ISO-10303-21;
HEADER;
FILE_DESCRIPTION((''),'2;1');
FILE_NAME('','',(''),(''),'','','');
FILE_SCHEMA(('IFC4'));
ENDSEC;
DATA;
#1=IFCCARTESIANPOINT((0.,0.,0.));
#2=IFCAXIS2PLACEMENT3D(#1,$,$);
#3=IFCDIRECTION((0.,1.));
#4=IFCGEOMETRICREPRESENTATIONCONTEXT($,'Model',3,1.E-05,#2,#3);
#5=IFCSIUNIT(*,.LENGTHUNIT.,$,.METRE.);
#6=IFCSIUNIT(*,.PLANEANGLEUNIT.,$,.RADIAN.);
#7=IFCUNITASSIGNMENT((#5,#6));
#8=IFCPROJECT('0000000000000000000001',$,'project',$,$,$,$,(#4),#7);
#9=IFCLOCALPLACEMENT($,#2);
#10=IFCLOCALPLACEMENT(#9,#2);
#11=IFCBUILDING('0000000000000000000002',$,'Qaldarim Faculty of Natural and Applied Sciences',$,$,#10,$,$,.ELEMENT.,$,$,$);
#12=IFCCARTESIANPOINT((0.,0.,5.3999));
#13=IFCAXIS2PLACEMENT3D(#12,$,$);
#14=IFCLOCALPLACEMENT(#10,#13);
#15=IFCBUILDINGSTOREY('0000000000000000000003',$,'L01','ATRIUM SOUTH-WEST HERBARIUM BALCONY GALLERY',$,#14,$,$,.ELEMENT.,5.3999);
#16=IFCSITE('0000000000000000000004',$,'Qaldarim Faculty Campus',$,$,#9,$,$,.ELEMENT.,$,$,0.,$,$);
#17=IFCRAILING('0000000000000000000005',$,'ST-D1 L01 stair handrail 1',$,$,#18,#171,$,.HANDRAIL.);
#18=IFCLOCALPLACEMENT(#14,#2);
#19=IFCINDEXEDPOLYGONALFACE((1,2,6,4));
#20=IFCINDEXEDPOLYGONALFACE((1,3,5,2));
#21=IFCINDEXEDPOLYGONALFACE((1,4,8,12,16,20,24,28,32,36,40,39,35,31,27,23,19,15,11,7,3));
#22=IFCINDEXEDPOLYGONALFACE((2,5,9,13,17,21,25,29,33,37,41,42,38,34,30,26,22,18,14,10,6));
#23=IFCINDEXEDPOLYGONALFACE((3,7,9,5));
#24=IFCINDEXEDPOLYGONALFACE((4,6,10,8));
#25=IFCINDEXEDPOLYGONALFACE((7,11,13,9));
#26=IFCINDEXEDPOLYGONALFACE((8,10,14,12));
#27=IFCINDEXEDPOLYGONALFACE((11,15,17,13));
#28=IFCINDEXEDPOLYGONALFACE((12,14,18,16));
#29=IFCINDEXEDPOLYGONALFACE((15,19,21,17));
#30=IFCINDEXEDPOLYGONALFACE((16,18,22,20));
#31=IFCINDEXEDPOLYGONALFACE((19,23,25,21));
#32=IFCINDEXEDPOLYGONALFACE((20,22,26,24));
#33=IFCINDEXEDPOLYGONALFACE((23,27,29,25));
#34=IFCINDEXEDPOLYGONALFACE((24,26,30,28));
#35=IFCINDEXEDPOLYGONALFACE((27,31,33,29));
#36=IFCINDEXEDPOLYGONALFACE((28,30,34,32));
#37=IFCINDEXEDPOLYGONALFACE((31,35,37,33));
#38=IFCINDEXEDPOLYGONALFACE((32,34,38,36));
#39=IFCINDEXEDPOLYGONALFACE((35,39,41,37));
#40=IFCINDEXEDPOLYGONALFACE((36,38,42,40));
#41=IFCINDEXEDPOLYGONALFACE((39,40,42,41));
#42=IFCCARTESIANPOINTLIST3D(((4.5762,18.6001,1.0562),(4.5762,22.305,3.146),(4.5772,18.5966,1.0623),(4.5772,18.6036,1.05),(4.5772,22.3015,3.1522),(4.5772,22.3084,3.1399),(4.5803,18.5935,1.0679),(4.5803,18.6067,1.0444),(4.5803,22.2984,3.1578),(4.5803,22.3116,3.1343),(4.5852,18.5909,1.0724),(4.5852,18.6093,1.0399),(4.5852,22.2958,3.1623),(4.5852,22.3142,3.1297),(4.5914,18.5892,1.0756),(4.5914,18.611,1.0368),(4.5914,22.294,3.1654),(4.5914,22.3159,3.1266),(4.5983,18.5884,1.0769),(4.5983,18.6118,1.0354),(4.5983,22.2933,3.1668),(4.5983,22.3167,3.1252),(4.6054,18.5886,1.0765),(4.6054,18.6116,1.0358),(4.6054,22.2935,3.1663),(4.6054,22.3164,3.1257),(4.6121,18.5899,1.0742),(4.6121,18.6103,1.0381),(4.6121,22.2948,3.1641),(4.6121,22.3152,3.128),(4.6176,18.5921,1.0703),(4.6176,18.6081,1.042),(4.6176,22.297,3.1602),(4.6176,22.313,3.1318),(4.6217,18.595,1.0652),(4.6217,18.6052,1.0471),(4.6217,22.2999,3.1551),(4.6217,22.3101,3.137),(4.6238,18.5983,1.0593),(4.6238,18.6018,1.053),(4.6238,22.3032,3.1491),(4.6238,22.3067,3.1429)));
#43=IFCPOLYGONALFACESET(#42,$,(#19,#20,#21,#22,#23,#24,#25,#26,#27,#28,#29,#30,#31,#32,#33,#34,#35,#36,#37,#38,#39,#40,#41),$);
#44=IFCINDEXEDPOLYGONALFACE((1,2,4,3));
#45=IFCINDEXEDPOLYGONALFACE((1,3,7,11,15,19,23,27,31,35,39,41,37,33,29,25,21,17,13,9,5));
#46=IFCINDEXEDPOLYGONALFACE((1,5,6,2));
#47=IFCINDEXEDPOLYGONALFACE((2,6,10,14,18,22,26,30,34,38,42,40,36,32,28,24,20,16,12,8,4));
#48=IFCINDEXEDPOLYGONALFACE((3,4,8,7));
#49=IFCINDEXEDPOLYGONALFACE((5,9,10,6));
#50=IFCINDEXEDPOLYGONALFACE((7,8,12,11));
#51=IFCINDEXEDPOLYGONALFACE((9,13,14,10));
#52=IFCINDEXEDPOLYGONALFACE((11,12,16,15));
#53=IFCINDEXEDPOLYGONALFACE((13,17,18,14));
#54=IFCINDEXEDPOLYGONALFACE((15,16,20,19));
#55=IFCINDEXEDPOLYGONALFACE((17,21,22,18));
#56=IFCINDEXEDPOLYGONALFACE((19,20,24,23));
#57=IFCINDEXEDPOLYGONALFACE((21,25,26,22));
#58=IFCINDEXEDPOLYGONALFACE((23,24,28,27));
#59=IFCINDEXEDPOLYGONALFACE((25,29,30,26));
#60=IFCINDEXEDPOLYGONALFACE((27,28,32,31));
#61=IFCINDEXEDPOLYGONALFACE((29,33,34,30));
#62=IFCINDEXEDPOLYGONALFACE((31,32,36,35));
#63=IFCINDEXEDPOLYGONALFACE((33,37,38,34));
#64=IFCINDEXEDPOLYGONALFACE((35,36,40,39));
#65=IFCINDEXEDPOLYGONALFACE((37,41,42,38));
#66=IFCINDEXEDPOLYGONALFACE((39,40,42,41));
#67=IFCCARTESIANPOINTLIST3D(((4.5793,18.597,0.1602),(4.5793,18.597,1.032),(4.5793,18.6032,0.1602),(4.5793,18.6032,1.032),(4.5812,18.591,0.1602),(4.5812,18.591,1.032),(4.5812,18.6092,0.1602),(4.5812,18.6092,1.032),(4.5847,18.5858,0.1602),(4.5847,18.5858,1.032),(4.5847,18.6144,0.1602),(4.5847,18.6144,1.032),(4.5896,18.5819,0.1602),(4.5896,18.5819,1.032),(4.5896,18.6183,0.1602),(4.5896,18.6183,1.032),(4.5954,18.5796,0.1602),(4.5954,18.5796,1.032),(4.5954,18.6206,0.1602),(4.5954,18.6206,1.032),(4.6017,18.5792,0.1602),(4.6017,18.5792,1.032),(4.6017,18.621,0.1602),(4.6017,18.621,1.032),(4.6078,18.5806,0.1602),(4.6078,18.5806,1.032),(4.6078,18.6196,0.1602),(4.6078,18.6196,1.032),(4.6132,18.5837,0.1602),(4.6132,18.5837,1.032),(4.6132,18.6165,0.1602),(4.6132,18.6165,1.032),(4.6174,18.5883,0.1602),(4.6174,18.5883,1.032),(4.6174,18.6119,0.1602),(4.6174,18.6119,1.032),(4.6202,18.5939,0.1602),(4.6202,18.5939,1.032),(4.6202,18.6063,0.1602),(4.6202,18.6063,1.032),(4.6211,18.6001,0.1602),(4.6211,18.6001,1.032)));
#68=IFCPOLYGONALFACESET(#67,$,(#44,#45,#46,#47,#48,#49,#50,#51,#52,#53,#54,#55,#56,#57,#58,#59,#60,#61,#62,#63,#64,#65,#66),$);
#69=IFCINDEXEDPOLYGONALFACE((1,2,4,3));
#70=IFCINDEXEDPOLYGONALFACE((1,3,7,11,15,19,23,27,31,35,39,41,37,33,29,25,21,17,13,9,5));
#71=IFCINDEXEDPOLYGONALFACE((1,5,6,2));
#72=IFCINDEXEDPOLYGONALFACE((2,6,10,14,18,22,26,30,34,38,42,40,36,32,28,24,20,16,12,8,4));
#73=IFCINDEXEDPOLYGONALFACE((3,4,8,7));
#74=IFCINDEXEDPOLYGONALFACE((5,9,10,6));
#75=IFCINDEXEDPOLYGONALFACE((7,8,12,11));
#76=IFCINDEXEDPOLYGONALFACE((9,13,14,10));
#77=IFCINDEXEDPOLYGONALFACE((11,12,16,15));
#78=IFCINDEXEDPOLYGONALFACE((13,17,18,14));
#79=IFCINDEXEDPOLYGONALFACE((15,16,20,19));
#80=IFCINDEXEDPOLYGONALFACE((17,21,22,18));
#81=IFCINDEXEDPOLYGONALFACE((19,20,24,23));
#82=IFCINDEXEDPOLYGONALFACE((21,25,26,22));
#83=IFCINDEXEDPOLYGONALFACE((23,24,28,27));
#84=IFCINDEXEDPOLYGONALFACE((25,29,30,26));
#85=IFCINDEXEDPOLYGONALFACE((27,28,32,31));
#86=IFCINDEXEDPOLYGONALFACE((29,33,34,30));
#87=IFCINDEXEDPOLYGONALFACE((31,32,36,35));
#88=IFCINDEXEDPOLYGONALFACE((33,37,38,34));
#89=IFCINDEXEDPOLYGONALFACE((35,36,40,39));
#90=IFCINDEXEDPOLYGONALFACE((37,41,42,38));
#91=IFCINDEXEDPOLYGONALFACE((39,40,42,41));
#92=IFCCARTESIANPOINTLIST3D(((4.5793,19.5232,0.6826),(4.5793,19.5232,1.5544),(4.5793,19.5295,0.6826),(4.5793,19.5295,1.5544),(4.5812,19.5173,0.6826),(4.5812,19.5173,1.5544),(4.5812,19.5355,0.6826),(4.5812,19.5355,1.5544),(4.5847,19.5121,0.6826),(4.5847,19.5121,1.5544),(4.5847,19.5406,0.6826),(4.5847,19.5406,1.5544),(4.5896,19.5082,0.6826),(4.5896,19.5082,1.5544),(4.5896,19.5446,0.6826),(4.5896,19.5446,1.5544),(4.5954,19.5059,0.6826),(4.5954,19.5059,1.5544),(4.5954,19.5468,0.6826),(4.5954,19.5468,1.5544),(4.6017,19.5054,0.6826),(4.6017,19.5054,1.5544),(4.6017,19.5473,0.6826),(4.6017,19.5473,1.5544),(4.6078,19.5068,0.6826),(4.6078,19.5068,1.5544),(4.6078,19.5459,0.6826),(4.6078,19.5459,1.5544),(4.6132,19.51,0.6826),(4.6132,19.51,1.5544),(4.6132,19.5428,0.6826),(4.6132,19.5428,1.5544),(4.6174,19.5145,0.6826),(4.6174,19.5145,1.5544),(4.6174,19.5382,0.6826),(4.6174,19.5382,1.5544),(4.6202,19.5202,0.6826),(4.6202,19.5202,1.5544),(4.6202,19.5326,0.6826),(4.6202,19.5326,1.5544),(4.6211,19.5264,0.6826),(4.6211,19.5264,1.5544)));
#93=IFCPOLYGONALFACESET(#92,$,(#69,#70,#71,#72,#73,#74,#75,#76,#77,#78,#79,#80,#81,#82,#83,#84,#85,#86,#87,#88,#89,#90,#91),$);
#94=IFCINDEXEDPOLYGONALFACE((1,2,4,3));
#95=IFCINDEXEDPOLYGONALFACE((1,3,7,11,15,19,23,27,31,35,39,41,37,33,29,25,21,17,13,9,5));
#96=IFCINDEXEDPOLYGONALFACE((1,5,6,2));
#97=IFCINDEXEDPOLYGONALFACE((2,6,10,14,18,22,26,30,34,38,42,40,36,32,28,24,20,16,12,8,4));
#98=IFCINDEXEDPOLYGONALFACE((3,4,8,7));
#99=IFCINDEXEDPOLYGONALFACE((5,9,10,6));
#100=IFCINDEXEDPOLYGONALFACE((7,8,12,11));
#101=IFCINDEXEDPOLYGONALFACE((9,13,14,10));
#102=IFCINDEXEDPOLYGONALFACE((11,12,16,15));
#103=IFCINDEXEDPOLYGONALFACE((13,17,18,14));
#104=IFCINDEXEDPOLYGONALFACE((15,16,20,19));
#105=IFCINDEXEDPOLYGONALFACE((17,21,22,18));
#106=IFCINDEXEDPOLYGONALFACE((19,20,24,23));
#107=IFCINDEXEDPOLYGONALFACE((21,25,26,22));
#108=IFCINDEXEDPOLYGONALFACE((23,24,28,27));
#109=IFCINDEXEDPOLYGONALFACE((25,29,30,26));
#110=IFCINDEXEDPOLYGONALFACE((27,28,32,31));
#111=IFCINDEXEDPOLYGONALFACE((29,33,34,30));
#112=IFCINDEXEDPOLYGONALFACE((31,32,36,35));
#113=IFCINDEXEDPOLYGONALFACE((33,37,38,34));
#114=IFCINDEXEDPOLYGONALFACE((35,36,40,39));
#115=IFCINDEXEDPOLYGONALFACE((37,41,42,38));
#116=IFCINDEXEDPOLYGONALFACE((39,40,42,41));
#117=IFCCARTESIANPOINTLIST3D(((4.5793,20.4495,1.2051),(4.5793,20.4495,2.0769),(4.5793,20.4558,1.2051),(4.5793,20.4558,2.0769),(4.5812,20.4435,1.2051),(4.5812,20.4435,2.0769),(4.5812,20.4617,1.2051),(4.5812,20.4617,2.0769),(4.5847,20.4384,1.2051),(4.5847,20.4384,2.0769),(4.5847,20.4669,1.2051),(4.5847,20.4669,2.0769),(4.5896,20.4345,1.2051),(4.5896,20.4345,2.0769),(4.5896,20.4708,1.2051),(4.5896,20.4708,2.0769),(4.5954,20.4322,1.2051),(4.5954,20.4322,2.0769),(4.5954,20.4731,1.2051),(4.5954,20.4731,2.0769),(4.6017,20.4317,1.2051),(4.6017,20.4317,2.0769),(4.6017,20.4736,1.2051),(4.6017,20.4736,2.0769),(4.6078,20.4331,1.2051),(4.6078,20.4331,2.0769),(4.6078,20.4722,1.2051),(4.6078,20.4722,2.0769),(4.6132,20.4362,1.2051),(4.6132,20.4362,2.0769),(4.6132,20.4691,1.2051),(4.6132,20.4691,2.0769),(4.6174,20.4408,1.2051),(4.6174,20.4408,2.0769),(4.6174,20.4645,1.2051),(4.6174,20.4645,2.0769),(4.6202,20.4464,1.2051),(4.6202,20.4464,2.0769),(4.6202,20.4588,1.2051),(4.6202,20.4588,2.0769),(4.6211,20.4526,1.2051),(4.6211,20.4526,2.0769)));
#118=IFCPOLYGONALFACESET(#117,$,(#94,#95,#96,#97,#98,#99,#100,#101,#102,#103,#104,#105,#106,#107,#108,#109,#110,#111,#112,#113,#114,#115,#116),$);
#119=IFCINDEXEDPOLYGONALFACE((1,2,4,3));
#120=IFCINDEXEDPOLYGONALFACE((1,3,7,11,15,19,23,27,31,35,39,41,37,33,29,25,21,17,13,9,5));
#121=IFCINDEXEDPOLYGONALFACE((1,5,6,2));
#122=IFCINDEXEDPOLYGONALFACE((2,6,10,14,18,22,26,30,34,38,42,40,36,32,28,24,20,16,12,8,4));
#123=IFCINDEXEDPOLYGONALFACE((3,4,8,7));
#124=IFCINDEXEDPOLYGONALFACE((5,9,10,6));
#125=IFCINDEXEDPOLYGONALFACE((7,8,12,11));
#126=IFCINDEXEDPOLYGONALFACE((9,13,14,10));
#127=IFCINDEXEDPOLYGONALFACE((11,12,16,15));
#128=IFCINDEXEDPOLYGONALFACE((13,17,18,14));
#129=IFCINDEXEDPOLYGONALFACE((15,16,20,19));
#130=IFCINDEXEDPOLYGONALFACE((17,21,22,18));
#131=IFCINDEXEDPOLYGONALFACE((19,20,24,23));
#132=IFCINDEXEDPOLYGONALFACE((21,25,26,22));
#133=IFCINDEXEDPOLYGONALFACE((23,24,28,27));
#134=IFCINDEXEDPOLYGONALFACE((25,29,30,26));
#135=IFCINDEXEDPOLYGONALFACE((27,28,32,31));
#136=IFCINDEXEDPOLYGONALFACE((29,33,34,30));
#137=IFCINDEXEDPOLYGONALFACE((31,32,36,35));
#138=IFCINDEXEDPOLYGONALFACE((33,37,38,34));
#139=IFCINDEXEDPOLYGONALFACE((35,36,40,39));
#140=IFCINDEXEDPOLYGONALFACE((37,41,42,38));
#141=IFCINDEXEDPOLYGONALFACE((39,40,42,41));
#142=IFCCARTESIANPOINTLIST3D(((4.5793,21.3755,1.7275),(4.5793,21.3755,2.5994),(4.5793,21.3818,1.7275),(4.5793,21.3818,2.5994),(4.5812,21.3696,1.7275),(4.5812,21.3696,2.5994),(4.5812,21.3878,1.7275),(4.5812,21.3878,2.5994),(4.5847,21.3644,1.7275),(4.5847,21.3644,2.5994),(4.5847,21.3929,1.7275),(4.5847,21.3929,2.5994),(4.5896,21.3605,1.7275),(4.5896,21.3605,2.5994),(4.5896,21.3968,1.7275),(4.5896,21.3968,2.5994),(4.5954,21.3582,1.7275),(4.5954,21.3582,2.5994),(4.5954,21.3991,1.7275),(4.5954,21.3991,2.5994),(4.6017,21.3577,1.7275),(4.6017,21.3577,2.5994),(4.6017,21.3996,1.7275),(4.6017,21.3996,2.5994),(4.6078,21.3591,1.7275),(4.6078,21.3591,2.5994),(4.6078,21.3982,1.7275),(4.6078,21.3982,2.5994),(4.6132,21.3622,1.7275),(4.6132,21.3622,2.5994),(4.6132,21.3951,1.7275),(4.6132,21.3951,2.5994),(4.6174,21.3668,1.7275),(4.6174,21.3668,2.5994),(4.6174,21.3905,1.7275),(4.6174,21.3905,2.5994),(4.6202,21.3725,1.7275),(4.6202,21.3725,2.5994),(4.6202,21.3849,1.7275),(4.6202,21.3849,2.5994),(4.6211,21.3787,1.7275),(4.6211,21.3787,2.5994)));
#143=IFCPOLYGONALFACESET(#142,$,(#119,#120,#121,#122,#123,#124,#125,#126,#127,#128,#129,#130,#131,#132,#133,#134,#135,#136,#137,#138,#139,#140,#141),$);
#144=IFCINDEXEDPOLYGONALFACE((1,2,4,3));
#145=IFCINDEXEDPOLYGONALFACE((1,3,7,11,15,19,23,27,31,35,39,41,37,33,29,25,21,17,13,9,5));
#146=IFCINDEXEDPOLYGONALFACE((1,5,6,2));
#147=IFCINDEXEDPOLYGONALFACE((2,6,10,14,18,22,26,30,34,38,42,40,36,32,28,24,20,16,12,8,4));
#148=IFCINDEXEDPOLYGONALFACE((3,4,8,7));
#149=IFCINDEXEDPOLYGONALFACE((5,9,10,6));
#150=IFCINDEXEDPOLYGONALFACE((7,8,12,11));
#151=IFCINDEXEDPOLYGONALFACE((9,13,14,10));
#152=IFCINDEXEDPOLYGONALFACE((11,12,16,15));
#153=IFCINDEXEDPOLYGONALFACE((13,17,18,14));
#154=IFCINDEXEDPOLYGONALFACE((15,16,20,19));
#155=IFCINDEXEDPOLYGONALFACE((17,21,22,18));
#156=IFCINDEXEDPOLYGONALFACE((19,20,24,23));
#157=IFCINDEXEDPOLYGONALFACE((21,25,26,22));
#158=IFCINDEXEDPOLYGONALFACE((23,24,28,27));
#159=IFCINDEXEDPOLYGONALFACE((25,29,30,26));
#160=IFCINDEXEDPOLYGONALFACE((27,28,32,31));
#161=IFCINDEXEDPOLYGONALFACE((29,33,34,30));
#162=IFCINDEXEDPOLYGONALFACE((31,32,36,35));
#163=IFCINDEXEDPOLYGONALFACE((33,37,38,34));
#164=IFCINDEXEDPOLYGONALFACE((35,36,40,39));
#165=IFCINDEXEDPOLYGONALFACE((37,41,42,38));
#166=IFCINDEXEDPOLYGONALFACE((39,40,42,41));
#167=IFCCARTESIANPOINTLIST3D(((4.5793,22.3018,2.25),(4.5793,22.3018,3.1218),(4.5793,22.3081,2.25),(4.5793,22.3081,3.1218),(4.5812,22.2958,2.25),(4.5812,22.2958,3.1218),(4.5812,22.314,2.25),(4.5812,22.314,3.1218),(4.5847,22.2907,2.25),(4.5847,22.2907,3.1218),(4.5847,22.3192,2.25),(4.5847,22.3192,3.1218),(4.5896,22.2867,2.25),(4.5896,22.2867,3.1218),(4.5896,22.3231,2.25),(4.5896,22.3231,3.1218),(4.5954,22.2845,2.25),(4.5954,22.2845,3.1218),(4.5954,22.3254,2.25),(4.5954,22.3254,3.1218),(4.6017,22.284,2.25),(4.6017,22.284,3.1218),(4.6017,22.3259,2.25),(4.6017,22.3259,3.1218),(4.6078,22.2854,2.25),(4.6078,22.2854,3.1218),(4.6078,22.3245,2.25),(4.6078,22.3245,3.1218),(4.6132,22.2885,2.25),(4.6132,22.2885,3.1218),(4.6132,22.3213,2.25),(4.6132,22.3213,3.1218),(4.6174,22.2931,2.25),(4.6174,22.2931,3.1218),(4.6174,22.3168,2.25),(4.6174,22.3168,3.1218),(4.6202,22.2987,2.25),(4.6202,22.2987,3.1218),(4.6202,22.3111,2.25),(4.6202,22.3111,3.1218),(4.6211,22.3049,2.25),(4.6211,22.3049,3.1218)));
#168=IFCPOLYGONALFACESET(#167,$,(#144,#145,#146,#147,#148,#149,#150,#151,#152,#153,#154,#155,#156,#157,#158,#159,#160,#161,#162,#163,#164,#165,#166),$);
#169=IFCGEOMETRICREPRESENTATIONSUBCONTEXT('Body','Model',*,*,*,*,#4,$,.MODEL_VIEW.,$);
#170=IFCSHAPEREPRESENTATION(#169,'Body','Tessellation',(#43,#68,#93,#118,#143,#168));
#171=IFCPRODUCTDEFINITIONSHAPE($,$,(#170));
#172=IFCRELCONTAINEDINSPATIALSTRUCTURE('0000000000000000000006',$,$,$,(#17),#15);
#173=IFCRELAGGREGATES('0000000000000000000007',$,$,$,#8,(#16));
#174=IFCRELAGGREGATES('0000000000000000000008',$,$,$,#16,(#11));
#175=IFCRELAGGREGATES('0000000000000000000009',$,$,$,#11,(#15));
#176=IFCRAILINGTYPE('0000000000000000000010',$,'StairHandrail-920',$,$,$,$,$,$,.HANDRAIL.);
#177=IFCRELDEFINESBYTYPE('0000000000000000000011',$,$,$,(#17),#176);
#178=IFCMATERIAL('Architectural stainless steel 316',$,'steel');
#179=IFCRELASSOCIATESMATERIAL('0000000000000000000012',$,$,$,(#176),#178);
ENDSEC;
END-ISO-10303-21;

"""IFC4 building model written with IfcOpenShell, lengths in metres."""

from ifc_helpers import new_model, si_unit, direction, frame, origin, origin_2d, place, context, subcontext, project, spatial, circle, extrude, material, type_object, element, save


model = new_model("IFC4")

# Units and contexts
model_context = context("Model", 3, precision=1e-05, world=origin(), true_north=direction((0.0, 1.0)))
body_context = subcontext(model_context, "Body", "Model", "MODEL_VIEW")
ifc_project = project(units=[si_unit("LENGTHUNIT", "METRE"), si_unit("PLANEANGLEUNIT", "RADIAN")], contexts=[model_context])

# Site, building, storey
site_placement = place(None, origin())
site = spatial("IfcSite", under=ifc_project, at=site_placement, Name="Qaldarim Faculty Campus", CompositionType="ELEMENT", RefElevation=0.0)
building_placement = place(site_placement, origin())
building = spatial("IfcBuilding", under=site, at=building_placement, Name="Qaldarim Faculty of Natural and Applied Sciences", CompositionType="ELEMENT")
storey_placement = place(building_placement, frame((0.0, 0.0, 5.3999)))
storey = spatial("IfcBuildingStorey", under=building, at=storey_placement, Name="L01", Description="ATRIUM SOUTH-WEST HERBARIUM BALCONY GALLERY", CompositionType="ELEMENT", Elevation=5.3999)

# Shared definitions
ifc_material_1 = material(Name="Architectural stainless steel 316", Category="steel")

# Railing
railing_type_1 = type_object("IfcRailingType", Name="StairHandrail-920", PredefinedType="HANDRAIL", material=ifc_material_1)
railing_1_placement = place(storey_placement, frame((4.6001, 18.6001, 0.1602)))
element("IfcRailing", 1, at=railing_1_placement, inside=storey, type_object=railing_type_1, Name="ST-D1 L01 stair handrail 1", PredefinedType="HANDRAIL", context=body_context, shape_type="SweptSolid", body=[
    extrude(circle(Radius=0.0239, at=origin_2d()), frame((0.0, 0.0, 0.896), z_axis=(0.0, 0.870985, 0.49131), x_axis=(-1.0, 0.0, 0.0)), (0.0, 0.0, 1.0), 4.2537),
    extrude(circle(Radius=0.021, at=origin_2d()), origin(), (0.0, 0.0, 1.0), 0.8718),
    extrude(circle(Radius=0.021, at=origin_2d()), frame((0.0, 0.9263, 0.5225)), (0.0, 0.0, 1.0), 0.8718),
    extrude(circle(Radius=0.021, at=origin_2d()), frame((0.0, 1.8525, 1.0449)), (0.0, 0.0, 1.0), 0.8718),
    extrude(circle(Radius=0.021, at=origin_2d()), frame((0.0, 2.7786, 1.5674)), (0.0, 0.0, 1.0), 0.8718),
    extrude(circle(Radius=0.021, at=origin_2d()), frame((0.0, 3.7048, 2.0898)), (0.0, 0.0, 1.0), 0.8718),
])

save(model, "model.ifc")
